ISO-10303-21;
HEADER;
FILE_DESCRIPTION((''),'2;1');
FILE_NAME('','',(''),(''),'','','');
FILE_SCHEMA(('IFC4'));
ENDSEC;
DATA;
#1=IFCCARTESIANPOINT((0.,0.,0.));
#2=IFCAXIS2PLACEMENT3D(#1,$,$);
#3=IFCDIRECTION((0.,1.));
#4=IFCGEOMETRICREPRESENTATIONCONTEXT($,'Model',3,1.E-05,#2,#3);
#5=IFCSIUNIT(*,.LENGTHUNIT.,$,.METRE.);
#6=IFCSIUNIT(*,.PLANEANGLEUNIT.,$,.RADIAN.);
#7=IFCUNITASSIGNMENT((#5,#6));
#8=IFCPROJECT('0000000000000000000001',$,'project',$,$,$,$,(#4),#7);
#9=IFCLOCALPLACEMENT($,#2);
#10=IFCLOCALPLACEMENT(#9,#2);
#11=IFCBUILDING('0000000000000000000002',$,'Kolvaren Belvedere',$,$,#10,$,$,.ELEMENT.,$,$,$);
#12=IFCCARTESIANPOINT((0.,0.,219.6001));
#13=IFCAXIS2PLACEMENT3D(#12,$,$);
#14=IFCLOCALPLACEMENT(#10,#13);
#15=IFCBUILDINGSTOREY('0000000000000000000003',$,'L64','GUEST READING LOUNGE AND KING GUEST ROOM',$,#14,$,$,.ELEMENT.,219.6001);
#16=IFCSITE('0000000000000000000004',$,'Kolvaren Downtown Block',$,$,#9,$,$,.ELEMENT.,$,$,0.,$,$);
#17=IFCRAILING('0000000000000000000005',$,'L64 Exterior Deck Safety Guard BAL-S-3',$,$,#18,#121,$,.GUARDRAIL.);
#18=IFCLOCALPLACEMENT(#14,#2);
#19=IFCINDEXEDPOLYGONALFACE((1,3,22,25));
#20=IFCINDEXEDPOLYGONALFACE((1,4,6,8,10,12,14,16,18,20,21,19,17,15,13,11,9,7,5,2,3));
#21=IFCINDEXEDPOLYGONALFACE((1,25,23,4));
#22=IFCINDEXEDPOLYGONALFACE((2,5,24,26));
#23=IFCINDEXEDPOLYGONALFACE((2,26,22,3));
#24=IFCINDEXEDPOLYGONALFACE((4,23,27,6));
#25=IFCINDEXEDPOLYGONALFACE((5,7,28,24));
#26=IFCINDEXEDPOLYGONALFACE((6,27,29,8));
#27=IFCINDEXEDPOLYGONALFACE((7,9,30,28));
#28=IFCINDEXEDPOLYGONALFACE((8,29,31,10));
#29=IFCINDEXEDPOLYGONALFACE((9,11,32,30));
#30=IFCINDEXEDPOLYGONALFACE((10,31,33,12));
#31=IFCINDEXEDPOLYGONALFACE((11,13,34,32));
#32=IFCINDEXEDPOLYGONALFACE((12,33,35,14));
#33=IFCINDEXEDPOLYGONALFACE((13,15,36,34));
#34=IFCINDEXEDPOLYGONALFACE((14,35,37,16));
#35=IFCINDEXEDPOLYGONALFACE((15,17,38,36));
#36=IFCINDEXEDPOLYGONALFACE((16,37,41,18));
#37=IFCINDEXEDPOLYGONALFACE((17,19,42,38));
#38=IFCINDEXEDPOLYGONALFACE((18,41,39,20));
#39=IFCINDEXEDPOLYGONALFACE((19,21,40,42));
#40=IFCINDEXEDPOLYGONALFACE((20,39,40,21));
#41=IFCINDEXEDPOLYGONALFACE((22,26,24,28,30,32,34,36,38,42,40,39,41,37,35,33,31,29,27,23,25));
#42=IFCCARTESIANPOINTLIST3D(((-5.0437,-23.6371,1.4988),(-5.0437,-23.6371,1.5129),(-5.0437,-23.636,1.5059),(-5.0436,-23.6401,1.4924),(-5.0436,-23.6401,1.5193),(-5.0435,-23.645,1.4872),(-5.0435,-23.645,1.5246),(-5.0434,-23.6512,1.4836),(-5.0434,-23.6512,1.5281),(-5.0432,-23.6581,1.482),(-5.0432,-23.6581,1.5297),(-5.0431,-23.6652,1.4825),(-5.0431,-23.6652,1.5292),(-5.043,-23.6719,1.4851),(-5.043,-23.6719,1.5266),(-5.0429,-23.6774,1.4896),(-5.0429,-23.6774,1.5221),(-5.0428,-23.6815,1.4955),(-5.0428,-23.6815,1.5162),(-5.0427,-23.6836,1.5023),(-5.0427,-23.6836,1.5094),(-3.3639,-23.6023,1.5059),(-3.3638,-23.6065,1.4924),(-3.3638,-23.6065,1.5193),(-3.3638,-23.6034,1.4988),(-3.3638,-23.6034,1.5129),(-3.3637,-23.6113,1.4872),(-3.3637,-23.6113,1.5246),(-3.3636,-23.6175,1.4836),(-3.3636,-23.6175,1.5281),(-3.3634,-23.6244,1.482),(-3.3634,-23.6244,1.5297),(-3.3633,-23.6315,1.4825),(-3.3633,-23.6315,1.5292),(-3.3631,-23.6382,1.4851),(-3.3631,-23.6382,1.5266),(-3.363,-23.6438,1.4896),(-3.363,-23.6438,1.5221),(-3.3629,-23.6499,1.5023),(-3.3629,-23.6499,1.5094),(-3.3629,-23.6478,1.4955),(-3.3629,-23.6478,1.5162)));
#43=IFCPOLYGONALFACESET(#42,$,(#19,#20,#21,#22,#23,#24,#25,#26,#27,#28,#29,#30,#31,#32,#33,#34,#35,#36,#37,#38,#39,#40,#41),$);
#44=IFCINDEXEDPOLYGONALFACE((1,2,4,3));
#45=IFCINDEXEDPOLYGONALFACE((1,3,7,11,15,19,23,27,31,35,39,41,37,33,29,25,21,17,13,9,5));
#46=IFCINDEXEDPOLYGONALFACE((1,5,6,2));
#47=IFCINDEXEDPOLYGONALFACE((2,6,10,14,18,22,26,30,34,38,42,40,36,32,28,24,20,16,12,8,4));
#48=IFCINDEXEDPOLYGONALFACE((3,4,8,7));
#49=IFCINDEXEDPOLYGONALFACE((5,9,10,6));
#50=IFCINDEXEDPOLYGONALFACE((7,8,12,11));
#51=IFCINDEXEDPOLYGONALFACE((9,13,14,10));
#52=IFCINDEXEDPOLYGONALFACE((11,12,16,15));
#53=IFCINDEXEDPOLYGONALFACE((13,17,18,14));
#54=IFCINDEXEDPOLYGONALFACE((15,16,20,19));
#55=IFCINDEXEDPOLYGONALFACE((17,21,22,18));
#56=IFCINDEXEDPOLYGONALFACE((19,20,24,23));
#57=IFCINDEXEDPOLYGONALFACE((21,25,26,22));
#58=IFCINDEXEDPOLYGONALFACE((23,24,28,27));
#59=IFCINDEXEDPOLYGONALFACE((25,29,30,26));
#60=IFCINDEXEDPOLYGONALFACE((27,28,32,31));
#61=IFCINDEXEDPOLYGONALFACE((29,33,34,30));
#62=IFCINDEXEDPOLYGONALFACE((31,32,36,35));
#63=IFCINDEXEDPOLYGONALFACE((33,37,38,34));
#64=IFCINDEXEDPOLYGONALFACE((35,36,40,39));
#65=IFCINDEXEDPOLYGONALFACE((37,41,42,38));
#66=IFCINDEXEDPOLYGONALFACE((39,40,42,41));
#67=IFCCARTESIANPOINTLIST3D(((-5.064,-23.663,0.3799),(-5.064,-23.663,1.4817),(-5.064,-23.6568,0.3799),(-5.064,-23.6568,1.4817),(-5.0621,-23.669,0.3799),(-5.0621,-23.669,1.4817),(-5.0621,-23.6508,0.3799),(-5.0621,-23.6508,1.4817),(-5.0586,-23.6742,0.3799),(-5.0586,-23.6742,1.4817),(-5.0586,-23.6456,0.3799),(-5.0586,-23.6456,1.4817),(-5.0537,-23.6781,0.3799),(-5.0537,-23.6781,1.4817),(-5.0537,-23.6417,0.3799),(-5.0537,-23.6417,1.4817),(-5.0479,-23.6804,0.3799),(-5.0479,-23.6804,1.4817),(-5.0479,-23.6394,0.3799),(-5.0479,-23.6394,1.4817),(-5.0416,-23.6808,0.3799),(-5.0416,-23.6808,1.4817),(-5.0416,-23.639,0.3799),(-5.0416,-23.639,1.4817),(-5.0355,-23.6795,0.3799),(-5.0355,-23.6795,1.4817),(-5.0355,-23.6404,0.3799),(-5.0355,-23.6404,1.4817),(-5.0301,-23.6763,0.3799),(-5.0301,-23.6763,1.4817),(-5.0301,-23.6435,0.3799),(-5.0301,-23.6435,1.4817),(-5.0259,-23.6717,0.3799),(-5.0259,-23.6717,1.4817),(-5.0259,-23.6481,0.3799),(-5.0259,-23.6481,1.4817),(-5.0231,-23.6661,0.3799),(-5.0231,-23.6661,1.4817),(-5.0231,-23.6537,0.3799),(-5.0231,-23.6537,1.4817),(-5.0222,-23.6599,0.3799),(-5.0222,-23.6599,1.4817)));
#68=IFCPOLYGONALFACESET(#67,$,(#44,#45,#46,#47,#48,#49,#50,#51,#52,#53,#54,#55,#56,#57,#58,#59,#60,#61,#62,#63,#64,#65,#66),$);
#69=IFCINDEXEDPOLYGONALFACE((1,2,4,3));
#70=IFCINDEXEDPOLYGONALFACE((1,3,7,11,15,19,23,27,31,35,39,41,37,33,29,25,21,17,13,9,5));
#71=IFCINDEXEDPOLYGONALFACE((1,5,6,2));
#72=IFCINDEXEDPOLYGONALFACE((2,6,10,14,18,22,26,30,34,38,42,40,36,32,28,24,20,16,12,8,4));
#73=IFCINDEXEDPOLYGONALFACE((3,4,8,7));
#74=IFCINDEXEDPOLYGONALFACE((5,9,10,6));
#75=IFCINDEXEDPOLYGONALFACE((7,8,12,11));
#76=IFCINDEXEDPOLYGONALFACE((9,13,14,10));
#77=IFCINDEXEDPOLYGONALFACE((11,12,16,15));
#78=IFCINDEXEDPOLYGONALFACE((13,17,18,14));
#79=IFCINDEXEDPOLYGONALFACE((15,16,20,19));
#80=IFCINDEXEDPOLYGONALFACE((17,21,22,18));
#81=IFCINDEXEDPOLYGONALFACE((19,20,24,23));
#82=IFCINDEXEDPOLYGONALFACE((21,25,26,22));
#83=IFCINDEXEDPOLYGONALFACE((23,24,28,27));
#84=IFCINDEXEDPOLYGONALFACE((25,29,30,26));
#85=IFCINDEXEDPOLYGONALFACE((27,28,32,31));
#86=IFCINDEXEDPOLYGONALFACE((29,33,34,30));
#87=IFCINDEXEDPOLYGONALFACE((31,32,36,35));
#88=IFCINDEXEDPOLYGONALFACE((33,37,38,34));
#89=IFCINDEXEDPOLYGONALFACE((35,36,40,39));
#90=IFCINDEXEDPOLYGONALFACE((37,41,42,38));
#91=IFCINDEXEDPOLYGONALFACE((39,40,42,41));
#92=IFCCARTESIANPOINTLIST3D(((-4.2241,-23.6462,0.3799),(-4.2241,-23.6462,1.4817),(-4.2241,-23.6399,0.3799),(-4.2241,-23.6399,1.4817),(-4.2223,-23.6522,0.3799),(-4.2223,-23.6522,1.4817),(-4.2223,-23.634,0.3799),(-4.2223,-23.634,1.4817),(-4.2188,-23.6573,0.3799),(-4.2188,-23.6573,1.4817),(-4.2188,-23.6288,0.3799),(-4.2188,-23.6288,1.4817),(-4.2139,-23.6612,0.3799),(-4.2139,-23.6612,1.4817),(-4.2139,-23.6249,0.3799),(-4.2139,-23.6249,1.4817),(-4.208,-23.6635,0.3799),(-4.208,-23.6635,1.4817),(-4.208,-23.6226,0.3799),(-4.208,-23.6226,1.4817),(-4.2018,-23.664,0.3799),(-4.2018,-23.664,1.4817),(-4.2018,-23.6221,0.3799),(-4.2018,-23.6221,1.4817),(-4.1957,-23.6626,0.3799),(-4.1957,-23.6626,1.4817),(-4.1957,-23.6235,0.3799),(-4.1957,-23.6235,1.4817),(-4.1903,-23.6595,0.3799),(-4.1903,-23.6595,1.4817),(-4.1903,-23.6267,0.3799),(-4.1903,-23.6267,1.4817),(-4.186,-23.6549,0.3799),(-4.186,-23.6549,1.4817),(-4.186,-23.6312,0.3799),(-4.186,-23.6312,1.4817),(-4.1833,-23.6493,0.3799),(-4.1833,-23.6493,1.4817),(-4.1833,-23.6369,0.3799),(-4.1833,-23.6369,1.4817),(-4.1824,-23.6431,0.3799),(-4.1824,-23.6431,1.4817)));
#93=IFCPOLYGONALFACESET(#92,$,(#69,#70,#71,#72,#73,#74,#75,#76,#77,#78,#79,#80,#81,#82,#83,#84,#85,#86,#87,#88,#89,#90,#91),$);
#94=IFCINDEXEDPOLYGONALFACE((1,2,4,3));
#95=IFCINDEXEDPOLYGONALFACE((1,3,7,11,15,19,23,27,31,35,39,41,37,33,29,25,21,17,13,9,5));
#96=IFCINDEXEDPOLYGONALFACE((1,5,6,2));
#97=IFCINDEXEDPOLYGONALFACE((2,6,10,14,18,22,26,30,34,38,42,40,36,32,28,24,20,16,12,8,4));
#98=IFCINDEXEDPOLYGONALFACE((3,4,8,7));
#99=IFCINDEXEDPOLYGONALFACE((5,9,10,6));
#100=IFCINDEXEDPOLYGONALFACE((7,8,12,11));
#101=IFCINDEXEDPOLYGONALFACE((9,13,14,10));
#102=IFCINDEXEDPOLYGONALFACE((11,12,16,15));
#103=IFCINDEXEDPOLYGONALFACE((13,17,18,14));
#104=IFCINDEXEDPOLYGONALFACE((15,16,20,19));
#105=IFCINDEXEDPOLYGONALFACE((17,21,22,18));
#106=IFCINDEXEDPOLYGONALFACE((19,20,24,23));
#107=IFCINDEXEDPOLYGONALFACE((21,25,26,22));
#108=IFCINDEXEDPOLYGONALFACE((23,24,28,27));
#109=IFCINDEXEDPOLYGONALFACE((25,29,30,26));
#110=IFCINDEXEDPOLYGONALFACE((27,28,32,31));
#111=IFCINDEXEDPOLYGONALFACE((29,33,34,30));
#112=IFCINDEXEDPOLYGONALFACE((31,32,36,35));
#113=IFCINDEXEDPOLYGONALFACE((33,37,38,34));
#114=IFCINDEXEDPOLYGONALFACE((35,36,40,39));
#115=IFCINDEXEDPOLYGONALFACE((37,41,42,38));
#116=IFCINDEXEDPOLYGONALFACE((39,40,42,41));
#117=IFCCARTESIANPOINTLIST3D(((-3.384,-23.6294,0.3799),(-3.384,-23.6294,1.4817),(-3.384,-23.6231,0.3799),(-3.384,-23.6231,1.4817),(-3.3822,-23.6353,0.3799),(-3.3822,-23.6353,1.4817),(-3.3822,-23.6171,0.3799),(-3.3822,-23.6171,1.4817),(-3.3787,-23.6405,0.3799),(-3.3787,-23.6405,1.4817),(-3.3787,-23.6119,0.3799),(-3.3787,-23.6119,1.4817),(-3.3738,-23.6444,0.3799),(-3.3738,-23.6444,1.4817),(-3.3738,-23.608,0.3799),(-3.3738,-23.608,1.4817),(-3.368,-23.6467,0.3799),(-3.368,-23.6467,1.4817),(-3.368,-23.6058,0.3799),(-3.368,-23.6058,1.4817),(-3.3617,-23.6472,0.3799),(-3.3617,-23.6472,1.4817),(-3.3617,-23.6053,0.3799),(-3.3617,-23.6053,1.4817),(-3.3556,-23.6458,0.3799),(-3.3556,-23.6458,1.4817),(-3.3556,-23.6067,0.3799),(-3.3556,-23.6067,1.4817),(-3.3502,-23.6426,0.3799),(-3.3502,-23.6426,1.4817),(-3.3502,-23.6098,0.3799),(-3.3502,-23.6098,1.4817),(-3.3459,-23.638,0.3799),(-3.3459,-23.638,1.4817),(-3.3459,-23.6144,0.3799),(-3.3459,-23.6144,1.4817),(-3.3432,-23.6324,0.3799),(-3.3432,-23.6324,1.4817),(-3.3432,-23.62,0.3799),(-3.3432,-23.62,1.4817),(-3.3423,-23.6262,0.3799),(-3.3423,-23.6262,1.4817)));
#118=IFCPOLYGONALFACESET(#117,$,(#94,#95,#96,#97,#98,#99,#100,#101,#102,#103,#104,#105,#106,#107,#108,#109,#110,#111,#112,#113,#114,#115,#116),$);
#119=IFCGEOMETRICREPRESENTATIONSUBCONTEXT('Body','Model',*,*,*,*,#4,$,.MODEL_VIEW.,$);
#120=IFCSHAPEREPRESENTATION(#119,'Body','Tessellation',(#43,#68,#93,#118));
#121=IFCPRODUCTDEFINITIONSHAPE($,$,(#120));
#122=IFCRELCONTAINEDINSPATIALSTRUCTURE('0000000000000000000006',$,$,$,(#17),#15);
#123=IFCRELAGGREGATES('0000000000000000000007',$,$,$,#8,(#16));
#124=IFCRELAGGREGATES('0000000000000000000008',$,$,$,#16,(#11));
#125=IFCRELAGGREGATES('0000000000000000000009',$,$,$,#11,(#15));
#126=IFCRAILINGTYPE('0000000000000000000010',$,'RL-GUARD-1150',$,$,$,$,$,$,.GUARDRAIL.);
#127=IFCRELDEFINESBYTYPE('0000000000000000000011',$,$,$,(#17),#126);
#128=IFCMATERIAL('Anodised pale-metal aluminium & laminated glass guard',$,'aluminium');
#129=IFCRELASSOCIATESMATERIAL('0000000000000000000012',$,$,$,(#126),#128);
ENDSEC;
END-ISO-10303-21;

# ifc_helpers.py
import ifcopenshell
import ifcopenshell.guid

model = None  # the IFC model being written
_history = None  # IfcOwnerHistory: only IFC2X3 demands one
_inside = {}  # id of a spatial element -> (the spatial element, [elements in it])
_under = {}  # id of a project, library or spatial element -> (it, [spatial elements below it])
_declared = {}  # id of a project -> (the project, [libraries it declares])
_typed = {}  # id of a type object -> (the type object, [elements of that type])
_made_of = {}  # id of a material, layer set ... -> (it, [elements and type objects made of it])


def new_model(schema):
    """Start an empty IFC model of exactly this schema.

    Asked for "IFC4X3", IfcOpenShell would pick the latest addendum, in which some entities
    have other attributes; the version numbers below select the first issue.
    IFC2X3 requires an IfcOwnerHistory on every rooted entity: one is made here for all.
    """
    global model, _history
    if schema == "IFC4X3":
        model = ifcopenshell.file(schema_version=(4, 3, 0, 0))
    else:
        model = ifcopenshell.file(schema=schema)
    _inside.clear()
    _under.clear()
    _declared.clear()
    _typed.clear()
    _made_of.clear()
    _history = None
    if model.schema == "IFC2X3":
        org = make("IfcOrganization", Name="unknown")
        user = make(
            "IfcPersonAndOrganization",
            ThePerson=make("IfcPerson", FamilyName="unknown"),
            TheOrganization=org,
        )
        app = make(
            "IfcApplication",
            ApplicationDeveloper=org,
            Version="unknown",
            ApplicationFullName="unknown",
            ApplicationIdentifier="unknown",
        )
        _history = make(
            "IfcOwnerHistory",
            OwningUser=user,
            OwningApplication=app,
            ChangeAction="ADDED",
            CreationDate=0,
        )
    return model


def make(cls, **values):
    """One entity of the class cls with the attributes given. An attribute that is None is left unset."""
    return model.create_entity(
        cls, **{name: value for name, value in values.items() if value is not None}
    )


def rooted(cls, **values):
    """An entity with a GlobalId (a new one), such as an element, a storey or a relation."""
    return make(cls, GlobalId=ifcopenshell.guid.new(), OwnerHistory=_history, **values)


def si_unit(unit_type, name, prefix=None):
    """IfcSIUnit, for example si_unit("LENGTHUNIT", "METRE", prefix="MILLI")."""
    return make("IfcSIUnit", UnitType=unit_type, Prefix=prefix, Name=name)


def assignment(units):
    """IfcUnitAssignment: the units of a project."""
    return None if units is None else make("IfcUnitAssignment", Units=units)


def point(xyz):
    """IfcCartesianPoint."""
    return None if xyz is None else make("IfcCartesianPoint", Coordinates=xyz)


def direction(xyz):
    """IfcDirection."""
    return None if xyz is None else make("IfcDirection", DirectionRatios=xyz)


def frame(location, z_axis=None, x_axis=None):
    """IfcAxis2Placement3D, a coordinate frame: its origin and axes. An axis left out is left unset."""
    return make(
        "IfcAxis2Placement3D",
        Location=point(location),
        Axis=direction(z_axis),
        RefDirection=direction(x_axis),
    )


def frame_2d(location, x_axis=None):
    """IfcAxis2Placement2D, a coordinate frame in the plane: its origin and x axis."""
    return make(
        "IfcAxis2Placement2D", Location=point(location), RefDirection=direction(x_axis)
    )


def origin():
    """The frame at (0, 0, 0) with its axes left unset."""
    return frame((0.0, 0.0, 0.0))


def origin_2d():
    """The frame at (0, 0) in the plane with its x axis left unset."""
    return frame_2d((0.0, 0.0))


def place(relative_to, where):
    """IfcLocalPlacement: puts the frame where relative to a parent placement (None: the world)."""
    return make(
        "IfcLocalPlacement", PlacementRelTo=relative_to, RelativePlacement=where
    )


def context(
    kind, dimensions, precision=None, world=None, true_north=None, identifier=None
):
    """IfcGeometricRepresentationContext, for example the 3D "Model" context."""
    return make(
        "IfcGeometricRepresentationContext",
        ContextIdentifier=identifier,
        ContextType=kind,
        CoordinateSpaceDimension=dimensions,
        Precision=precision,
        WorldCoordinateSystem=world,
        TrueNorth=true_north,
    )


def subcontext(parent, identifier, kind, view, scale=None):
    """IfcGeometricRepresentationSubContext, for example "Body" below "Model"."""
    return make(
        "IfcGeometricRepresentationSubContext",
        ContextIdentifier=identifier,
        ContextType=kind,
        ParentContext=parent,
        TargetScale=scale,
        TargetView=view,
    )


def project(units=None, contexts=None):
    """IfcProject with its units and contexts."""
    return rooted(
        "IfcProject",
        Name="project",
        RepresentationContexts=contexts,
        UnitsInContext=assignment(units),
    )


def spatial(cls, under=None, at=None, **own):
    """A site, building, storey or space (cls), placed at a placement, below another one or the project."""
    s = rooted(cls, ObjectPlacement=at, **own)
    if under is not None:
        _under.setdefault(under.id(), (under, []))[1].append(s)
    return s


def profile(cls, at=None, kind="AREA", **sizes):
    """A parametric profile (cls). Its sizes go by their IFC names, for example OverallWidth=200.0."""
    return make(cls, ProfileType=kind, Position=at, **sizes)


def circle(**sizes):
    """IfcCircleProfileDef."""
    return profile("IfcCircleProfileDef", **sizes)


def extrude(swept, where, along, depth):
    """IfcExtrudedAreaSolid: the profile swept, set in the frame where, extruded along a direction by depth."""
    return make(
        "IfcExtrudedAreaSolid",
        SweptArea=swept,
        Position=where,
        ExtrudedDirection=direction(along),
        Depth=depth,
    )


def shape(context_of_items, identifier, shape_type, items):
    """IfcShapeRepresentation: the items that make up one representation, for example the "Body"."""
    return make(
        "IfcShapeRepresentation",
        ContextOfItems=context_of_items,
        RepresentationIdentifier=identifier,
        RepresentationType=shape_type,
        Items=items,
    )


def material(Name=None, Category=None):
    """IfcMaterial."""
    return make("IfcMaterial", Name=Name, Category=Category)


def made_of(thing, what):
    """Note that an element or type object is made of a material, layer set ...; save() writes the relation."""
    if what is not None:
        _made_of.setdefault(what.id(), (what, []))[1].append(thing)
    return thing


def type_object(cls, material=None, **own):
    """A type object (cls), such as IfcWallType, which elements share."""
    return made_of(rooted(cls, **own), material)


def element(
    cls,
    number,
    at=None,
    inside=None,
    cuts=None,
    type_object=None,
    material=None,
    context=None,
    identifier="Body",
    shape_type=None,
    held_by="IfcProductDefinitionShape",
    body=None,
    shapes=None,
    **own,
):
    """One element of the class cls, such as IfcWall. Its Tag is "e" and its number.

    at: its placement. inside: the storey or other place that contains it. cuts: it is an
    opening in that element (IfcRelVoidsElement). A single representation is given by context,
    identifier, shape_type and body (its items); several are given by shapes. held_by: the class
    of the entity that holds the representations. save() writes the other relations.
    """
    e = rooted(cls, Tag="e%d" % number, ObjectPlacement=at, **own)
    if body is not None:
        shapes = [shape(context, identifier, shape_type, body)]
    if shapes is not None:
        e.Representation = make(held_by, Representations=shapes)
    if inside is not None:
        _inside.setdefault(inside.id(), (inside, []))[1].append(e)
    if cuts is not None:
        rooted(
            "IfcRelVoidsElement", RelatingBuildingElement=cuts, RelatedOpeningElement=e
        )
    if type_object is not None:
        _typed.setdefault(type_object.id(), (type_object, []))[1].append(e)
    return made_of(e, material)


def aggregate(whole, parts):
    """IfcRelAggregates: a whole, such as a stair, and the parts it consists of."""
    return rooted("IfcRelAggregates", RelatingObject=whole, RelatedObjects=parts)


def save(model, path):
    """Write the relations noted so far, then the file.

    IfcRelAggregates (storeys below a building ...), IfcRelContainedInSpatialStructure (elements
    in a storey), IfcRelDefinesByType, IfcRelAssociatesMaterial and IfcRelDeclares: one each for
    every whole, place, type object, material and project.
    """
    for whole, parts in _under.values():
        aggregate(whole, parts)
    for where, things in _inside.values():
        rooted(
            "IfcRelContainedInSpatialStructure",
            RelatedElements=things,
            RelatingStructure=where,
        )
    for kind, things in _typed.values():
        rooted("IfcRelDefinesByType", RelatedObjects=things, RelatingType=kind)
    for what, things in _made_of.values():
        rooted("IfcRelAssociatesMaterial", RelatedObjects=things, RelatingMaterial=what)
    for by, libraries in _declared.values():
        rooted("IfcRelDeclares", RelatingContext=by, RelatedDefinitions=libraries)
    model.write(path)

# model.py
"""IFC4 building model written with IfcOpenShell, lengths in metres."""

from ifc_helpers import new_model, si_unit, direction, frame, origin, origin_2d, place, context, subcontext, project, spatial, circle, extrude, material, type_object, element, save


model = new_model("IFC4")

# Units and contexts
model_context = context("Model", 3, precision=1e-05, world=origin(), true_north=direction((0.0, 1.0)))
body_context = subcontext(model_context, "Body", "Model", "MODEL_VIEW")
ifc_project = project(units=[si_unit("LENGTHUNIT", "METRE"), si_unit("PLANEANGLEUNIT", "RADIAN")], contexts=[model_context])

# Site, building, storey
site_placement = place(None, origin())
site = spatial("IfcSite", under=ifc_project, at=site_placement, Name="Kolvaren Downtown Block", CompositionType="ELEMENT", RefElevation=0.0)
building_placement = place(site_placement, origin())
building = spatial("IfcBuilding", under=site, at=building_placement, Name="Kolvaren Belvedere", CompositionType="ELEMENT")
storey_placement = place(building_placement, frame((0.0, 0.0, 219.6001)))
storey = spatial("IfcBuildingStorey", under=building, at=storey_placement, Name="L64", Description="GUEST READING LOUNGE AND KING GUEST ROOM", CompositionType="ELEMENT", Elevation=219.6001)

# Railing
ifc_material_1 = material(Name="Anodised pale-metal aluminium & laminated glass guard", Category="aluminium")
railing_type = type_object("IfcRailingType", Name="RL-GUARD-1150", PredefinedType="GUARDRAIL", material=ifc_material_1)
railing_1_placement = place(storey_placement, frame((-5.0432, -23.6599, 0.3799)))
element("IfcRailing", 1, at=railing_1_placement, inside=storey, type_object=railing_type, Name="L64 Exterior Deck Safety Guard BAL-S-3", PredefinedType="GUARDRAIL", context=body_context, shape_type="SweptSolid", body=[
    extrude(circle(Radius=0.0239, at=origin_2d()), frame((0.0, 0.0, 1.126), z_axis=(0.999799, 0.020051, 0.0), x_axis=(-0.020051, 0.999799, 0.0)), (0.0, 0.0, 1.0), 1.6802),
    extrude(circle(Radius=0.021, at=origin_2d()), origin(), (0.0, 0.0, 1.0), 1.1018),
    extrude(circle(Radius=0.021, at=origin_2d()), frame((0.8398, 0.0168, 0.0)), (0.0, 0.0, 1.0), 1.1018),
    extrude(circle(Radius=0.021, at=origin_2d()), frame((1.6799, 0.0337, 0.0)), (0.0, 0.0, 1.0), 1.1018),
])

save(model, "model.ifc")
